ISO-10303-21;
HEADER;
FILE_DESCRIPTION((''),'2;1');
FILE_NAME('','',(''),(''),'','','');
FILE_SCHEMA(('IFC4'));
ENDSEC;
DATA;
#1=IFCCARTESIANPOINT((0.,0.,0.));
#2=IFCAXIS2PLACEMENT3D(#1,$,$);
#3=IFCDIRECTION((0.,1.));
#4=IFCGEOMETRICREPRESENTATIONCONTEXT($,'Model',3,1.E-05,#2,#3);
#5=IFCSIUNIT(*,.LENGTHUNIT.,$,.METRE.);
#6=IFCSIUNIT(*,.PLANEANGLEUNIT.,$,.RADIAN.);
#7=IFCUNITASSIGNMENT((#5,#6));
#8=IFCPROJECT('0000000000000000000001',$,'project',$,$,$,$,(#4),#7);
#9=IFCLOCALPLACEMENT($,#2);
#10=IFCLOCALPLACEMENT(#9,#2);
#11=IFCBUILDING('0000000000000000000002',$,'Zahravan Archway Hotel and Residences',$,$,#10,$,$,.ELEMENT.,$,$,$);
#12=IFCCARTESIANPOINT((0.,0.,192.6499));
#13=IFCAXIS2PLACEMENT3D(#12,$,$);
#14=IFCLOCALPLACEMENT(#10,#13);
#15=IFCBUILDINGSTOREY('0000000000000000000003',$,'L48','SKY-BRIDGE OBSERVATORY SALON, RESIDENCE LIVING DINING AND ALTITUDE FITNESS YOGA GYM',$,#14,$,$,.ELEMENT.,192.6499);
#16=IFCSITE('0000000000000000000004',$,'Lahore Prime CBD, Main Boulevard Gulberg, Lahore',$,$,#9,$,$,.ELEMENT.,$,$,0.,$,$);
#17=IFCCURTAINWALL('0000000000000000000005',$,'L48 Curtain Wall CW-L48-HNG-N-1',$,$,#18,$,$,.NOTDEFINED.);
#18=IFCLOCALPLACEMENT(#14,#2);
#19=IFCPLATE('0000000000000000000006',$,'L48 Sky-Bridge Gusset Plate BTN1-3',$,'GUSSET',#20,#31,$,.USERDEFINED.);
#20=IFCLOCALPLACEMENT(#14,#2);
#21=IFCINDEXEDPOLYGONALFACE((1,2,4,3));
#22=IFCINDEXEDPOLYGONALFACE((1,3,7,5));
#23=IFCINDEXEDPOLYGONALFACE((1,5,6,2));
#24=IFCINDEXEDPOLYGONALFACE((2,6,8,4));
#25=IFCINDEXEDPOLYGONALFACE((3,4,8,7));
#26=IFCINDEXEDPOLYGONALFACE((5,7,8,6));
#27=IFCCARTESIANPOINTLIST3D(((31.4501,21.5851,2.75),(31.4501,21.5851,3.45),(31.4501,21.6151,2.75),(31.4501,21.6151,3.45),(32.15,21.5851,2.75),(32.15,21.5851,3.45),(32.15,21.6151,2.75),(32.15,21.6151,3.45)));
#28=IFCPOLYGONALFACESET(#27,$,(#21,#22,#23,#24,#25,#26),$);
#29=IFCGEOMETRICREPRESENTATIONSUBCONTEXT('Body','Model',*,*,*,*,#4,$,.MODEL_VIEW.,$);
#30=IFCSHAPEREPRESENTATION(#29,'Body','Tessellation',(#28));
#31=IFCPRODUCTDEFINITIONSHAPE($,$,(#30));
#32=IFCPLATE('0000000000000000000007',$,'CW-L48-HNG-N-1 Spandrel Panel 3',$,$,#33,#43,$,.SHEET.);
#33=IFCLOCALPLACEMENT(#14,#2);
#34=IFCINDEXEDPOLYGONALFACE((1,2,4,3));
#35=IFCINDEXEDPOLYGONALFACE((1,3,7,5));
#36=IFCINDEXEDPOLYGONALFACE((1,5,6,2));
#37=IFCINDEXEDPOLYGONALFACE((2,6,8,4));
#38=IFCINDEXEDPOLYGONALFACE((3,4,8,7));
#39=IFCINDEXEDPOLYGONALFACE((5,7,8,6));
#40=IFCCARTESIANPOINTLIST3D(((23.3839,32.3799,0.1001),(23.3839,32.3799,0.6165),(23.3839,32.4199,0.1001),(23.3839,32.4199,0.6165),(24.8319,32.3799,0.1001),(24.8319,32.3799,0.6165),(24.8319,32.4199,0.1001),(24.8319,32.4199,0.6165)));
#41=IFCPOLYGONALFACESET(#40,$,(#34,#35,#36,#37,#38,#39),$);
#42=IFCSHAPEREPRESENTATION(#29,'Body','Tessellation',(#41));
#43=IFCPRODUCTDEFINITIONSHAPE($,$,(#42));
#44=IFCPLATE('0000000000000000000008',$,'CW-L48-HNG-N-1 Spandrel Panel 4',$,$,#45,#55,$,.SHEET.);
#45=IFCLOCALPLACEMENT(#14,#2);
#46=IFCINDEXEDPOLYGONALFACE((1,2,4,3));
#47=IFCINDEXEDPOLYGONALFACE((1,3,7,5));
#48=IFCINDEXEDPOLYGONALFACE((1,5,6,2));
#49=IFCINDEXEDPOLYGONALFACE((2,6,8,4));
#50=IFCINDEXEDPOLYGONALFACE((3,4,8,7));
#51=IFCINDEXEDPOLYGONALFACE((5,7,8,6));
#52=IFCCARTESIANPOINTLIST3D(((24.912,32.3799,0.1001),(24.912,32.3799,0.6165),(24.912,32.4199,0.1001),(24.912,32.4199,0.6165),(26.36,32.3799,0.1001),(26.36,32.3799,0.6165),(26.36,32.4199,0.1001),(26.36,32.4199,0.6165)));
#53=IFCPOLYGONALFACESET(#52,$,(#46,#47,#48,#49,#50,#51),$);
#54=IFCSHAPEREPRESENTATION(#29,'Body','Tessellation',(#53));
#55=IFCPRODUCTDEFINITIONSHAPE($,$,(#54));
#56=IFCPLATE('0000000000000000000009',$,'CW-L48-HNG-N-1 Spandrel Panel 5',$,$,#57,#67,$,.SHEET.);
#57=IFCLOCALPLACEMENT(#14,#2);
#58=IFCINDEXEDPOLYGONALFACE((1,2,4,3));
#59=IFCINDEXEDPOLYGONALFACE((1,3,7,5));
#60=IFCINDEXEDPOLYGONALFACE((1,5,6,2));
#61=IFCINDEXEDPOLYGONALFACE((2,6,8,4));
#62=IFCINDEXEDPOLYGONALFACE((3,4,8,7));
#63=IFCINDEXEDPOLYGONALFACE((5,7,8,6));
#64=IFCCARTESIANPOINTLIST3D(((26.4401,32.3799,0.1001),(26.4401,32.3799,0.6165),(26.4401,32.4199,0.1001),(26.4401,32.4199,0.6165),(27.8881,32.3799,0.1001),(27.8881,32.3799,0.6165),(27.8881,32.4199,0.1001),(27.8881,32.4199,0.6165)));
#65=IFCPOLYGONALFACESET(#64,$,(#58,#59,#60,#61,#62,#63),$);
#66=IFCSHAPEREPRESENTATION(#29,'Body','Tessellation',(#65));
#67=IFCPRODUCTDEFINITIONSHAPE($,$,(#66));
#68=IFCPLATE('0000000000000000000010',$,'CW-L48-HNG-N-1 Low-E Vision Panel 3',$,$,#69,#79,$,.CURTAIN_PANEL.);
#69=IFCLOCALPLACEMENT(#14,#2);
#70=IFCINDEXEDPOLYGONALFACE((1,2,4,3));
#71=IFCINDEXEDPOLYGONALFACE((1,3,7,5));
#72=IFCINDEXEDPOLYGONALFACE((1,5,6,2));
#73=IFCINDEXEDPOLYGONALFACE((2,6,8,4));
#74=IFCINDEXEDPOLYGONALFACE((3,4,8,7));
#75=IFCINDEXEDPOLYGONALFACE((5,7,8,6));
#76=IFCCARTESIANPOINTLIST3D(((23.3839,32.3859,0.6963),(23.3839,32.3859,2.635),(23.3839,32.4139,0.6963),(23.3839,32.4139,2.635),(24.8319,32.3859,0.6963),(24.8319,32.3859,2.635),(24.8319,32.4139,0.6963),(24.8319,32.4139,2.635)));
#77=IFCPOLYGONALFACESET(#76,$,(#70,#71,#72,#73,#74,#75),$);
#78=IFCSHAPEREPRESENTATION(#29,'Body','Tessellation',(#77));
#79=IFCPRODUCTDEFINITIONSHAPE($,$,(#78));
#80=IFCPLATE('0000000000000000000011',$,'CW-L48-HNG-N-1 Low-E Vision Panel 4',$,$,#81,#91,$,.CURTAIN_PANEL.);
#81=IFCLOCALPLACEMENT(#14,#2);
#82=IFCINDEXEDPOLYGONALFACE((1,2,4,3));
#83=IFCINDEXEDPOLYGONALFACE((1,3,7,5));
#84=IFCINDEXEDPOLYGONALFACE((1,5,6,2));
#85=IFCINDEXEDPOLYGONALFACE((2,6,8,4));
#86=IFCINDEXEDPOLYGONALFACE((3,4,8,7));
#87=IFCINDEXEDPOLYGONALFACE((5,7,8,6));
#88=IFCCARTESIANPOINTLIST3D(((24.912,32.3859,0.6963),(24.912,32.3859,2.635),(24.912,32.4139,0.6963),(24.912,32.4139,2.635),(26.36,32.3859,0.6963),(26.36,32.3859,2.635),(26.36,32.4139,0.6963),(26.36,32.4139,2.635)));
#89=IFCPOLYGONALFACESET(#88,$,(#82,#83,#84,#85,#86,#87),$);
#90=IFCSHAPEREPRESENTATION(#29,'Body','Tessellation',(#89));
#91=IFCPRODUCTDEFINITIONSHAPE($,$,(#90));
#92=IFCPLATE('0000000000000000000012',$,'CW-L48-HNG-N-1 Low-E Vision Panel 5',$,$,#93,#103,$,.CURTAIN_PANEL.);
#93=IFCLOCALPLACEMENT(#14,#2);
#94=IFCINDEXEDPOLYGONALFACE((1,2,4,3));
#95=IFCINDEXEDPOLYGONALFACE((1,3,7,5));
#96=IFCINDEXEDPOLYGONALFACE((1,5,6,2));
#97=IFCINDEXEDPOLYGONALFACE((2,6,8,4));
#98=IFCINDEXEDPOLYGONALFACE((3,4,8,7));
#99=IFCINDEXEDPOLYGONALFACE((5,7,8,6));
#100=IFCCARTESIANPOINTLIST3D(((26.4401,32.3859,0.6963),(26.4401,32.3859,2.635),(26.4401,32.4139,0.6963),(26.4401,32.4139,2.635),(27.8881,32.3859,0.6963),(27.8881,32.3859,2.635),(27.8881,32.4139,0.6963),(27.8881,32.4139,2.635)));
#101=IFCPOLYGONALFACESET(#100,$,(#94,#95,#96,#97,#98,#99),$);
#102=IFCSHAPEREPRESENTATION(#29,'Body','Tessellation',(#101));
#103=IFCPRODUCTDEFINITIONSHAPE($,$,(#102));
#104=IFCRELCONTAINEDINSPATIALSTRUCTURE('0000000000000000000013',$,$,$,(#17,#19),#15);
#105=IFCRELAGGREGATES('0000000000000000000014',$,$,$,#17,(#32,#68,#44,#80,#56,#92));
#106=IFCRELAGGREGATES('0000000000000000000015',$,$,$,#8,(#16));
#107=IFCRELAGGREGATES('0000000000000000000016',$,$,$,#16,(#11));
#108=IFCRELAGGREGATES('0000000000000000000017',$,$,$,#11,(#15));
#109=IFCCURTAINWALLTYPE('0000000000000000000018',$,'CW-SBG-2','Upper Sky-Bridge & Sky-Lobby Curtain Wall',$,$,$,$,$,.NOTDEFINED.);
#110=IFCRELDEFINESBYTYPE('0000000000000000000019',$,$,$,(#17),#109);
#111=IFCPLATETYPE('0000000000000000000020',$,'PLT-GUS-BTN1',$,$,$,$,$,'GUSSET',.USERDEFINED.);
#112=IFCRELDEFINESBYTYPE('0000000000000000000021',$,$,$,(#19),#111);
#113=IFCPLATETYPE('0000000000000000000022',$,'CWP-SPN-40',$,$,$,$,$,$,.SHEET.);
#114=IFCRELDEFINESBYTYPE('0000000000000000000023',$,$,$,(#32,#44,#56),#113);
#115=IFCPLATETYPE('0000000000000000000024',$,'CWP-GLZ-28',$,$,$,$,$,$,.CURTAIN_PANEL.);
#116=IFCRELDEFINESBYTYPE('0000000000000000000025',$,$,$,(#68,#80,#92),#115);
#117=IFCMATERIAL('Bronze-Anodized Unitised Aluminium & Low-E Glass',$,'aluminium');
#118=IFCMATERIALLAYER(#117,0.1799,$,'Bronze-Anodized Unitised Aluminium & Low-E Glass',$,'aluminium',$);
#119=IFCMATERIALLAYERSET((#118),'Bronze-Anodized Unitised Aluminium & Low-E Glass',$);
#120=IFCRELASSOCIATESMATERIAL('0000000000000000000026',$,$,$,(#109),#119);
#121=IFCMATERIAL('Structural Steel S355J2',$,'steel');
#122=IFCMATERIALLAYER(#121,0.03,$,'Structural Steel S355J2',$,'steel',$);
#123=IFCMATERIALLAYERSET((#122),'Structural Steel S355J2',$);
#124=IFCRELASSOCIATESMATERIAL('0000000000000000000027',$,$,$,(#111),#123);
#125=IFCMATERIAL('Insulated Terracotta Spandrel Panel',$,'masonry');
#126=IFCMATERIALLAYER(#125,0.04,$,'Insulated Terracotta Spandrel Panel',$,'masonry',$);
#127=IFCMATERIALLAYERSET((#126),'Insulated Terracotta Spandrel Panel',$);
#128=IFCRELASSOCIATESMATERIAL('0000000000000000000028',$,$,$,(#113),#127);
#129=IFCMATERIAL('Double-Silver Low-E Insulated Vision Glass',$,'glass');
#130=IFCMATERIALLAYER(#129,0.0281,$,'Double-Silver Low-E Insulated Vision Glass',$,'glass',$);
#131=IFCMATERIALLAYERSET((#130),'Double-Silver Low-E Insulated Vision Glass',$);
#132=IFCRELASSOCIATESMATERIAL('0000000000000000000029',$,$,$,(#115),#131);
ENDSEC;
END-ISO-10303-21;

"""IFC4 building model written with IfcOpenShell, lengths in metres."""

from ifc_helpers import new_model, si_unit, direction, frame, origin, origin_2d, place, context, subcontext, project, spatial, rectangle, extrude, source, transform, mapped, material, layer, layer_set, type_object, type_shapes, element, aggregate, save


model = new_model("IFC4")

# Units and contexts
model_context = context("Model", 3, precision=1e-05, world=origin(), true_north=direction((0.0, 1.0)))
body_context = subcontext(model_context, "Body", "Model", "MODEL_VIEW")
ifc_project = project(units=[si_unit("LENGTHUNIT", "METRE"), si_unit("PLANEANGLEUNIT", "RADIAN")], contexts=[model_context])

# Site, building, storey
site_placement = place(None, origin())
site = spatial("IfcSite", under=ifc_project, at=site_placement, Name="Lahore Prime CBD, Main Boulevard Gulberg, Lahore", CompositionType="ELEMENT", RefElevation=0.0)
building_placement = place(site_placement, origin())
building = spatial("IfcBuilding", under=site, at=building_placement, Name="Zahravan Archway Hotel and Residences", CompositionType="ELEMENT")
storey_placement = place(building_placement, frame((0.0, 0.0, 192.6499)))
storey = spatial("IfcBuildingStorey", under=building, at=storey_placement, Name="L48", Description="SKY-BRIDGE OBSERVATORY SALON, RESIDENCE LIVING DINING AND ALTITUDE FITNESS YOGA GYM", CompositionType="ELEMENT", Elevation=192.6499)

# Shared definitions
ifc_material_1 = material(Name="Structural Steel S355J2", Category="steel")

# Curtain wall
ifc_material_2 = material(Name="Bronze-Anodized Unitised Aluminium & Low-E Glass", Category="aluminium")
ifc_layer_1 = layer(ifc_material_2, 0.1799, Name="Bronze-Anodized Unitised Aluminium & Low-E Glass", Category="aluminium")
ifc_layer_set_1 = layer_set([ifc_layer_1], Name="Bronze-Anodized Unitised Aluminium & Low-E Glass")
curtain_wall_type = type_object("IfcCurtainWallType", Name="CW-SBG-2", Description="Upper Sky-Bridge & Sky-Lobby Curtain Wall", PredefinedType="NOTDEFINED", material=ifc_layer_set_1)
curtain_wall_placement = place(storey_placement, origin())
curtain_wall = element("IfcCurtainWall", 1, at=curtain_wall_placement, inside=storey, type_object=curtain_wall_type, Name="L48 Curtain Wall CW-L48-HNG-N-1", PredefinedType="NOTDEFINED")

# Plates
ifc_layer_2 = layer(ifc_material_1, 0.03, Name="Structural Steel S355J2", Category="steel")
ifc_layer_set_2 = layer_set([ifc_layer_2], Name="Structural Steel S355J2")
plate_type_1 = type_object("IfcPlateType", Name="PLT-GUS-BTN1", ElementType="GUSSET", PredefinedType="USERDEFINED", material=ifc_layer_set_2)
shared_shape_1 = source(origin(), body_context, "Body", "SweptSolid", [
    extrude(rectangle(XDim=0.7, YDim=0.03, at=origin_2d()), origin(), (0.0, 0.0, 1.0), 0.7),
])
type_shapes(plate_type_1, [shared_shape_1])
plate_1_placement = place(storey_placement, frame((31.8, 21.6001, 2.75), z_axis=(0.0, 0.0, 1.0), x_axis=(1.0, 0.0, 0.0)))
element("IfcPlate", 2, at=plate_1_placement, inside=storey, type_object=plate_type_1, Name="L48 Sky-Bridge Gusset Plate BTN1-3", ObjectType="GUSSET", PredefinedType="USERDEFINED", context=body_context, shape_type="MappedRepresentation", body=[
    mapped(shared_shape_1, transform((0.0, 0.0, 0.0), scale=1.0)),
])
ifc_material_3 = material(Name="Insulated Terracotta Spandrel Panel", Category="masonry")
ifc_layer_3 = layer(ifc_material_3, 0.04, Name="Insulated Terracotta Spandrel Panel", Category="masonry")
ifc_layer_set_3 = layer_set([ifc_layer_3], Name="Insulated Terracotta Spandrel Panel")
plate_type_2 = type_object("IfcPlateType", Name="CWP-SPN-40", PredefinedType="SHEET", material=ifc_layer_set_3)
shared_shape_2 = source(origin(), body_context, "Body", "SweptSolid", [
    extrude(rectangle(XDim=1.448, YDim=0.04, at=origin_2d()), origin(), (0.0, 0.0, 1.0), 0.5164),
])
plate_2_placement = place(storey_placement, frame((24.1079, 32.3999, 0.1001), z_axis=(0.0, 0.0, 1.0), x_axis=(1.0, 0.0, 0.0)))
plate_2 = element("IfcPlate", 3, at=plate_2_placement, type_object=plate_type_2, Name="CW-L48-HNG-N-1 Spandrel Panel 3", PredefinedType="SHEET", context=body_context, shape_type="MappedRepresentation", body=[
    mapped(shared_shape_2, transform((0.0, 0.0, 0.0), scale=1.0)),
])
plate_3_placement = place(storey_placement, frame((25.636, 32.3999, 0.1001), z_axis=(0.0, 0.0, 1.0), x_axis=(1.0, 0.0, 0.0)))
plate_3 = element("IfcPlate", 4, at=plate_3_placement, type_object=plate_type_2, Name="CW-L48-HNG-N-1 Spandrel Panel 4", PredefinedType="SHEET", context=body_context, shape_type="MappedRepresentation", body=[
    mapped(shared_shape_2, transform((0.0, 0.0, 0.0), scale=1.0)),
])
plate_4_placement = place(storey_placement, frame((27.1641, 32.3999, 0.1001), z_axis=(0.0, 0.0, 1.0), x_axis=(1.0, 0.0, 0.0)))
plate_4 = element("IfcPlate", 5, at=plate_4_placement, type_object=plate_type_2, Name="CW-L48-HNG-N-1 Spandrel Panel 5", PredefinedType="SHEET", context=body_context, shape_type="MappedRepresentation", body=[
    mapped(shared_shape_2, transform((0.0, 0.0, 0.0), scale=1.0)),
])
ifc_material_4 = material(Name="Double-Silver Low-E Insulated Vision Glass", Category="glass")
ifc_layer_4 = layer(ifc_material_4, 0.0281, Name="Double-Silver Low-E Insulated Vision Glass", Category="glass")
ifc_layer_set_4 = layer_set([ifc_layer_4], Name="Double-Silver Low-E Insulated Vision Glass")
plate_type_3 = type_object("IfcPlateType", Name="CWP-GLZ-28", PredefinedType="CURTAIN_PANEL", material=ifc_layer_set_4)
shared_shape_3 = source(origin(), body_context, "Body", "SweptSolid", [
    extrude(rectangle(XDim=1.448, YDim=0.0281, at=origin_2d()), origin(), (0.0, 0.0, 1.0), 1.9387),
])
plate_5_placement = place(storey_placement, frame((24.1079, 32.3999, 0.6963), z_axis=(0.0, 0.0, 1.0), x_axis=(1.0, 0.0, 0.0)))
plate_5 = element("IfcPlate", 6, at=plate_5_placement, type_object=plate_type_3, Name="CW-L48-HNG-N-1 Low-E Vision Panel 3", PredefinedType="CURTAIN_PANEL", context=body_context, shape_type="MappedRepresentation", body=[
    mapped(shared_shape_3, transform((0.0, 0.0, 0.0), scale=1.0)),
])
plate_6_placement = place(storey_placement, frame((25.636, 32.3999, 0.6963), z_axis=(0.0, 0.0, 1.0), x_axis=(1.0, 0.0, 0.0)))
plate_6 = element("IfcPlate", 7, at=plate_6_placement, type_object=plate_type_3, Name="CW-L48-HNG-N-1 Low-E Vision Panel 4", PredefinedType="CURTAIN_PANEL", context=body_context, shape_type="MappedRepresentation", body=[
    mapped(shared_shape_3, transform((0.0, 0.0, 0.0), scale=1.0)),
])
plate_7_placement = place(storey_placement, frame((27.1641, 32.3999, 0.6963), z_axis=(0.0, 0.0, 1.0), x_axis=(1.0, 0.0, 0.0)))
plate_7 = element("IfcPlate", 8, at=plate_7_placement, type_object=plate_type_3, Name="CW-L48-HNG-N-1 Low-E Vision Panel 5", PredefinedType="CURTAIN_PANEL", context=body_context, shape_type="MappedRepresentation", body=[
    mapped(shared_shape_3, transform((0.0, 0.0, 0.0), scale=1.0)),
])
aggregate(curtain_wall, [plate_2, plate_5, plate_3, plate_6, plate_4, plate_7])

save(model, "model.ifc")
